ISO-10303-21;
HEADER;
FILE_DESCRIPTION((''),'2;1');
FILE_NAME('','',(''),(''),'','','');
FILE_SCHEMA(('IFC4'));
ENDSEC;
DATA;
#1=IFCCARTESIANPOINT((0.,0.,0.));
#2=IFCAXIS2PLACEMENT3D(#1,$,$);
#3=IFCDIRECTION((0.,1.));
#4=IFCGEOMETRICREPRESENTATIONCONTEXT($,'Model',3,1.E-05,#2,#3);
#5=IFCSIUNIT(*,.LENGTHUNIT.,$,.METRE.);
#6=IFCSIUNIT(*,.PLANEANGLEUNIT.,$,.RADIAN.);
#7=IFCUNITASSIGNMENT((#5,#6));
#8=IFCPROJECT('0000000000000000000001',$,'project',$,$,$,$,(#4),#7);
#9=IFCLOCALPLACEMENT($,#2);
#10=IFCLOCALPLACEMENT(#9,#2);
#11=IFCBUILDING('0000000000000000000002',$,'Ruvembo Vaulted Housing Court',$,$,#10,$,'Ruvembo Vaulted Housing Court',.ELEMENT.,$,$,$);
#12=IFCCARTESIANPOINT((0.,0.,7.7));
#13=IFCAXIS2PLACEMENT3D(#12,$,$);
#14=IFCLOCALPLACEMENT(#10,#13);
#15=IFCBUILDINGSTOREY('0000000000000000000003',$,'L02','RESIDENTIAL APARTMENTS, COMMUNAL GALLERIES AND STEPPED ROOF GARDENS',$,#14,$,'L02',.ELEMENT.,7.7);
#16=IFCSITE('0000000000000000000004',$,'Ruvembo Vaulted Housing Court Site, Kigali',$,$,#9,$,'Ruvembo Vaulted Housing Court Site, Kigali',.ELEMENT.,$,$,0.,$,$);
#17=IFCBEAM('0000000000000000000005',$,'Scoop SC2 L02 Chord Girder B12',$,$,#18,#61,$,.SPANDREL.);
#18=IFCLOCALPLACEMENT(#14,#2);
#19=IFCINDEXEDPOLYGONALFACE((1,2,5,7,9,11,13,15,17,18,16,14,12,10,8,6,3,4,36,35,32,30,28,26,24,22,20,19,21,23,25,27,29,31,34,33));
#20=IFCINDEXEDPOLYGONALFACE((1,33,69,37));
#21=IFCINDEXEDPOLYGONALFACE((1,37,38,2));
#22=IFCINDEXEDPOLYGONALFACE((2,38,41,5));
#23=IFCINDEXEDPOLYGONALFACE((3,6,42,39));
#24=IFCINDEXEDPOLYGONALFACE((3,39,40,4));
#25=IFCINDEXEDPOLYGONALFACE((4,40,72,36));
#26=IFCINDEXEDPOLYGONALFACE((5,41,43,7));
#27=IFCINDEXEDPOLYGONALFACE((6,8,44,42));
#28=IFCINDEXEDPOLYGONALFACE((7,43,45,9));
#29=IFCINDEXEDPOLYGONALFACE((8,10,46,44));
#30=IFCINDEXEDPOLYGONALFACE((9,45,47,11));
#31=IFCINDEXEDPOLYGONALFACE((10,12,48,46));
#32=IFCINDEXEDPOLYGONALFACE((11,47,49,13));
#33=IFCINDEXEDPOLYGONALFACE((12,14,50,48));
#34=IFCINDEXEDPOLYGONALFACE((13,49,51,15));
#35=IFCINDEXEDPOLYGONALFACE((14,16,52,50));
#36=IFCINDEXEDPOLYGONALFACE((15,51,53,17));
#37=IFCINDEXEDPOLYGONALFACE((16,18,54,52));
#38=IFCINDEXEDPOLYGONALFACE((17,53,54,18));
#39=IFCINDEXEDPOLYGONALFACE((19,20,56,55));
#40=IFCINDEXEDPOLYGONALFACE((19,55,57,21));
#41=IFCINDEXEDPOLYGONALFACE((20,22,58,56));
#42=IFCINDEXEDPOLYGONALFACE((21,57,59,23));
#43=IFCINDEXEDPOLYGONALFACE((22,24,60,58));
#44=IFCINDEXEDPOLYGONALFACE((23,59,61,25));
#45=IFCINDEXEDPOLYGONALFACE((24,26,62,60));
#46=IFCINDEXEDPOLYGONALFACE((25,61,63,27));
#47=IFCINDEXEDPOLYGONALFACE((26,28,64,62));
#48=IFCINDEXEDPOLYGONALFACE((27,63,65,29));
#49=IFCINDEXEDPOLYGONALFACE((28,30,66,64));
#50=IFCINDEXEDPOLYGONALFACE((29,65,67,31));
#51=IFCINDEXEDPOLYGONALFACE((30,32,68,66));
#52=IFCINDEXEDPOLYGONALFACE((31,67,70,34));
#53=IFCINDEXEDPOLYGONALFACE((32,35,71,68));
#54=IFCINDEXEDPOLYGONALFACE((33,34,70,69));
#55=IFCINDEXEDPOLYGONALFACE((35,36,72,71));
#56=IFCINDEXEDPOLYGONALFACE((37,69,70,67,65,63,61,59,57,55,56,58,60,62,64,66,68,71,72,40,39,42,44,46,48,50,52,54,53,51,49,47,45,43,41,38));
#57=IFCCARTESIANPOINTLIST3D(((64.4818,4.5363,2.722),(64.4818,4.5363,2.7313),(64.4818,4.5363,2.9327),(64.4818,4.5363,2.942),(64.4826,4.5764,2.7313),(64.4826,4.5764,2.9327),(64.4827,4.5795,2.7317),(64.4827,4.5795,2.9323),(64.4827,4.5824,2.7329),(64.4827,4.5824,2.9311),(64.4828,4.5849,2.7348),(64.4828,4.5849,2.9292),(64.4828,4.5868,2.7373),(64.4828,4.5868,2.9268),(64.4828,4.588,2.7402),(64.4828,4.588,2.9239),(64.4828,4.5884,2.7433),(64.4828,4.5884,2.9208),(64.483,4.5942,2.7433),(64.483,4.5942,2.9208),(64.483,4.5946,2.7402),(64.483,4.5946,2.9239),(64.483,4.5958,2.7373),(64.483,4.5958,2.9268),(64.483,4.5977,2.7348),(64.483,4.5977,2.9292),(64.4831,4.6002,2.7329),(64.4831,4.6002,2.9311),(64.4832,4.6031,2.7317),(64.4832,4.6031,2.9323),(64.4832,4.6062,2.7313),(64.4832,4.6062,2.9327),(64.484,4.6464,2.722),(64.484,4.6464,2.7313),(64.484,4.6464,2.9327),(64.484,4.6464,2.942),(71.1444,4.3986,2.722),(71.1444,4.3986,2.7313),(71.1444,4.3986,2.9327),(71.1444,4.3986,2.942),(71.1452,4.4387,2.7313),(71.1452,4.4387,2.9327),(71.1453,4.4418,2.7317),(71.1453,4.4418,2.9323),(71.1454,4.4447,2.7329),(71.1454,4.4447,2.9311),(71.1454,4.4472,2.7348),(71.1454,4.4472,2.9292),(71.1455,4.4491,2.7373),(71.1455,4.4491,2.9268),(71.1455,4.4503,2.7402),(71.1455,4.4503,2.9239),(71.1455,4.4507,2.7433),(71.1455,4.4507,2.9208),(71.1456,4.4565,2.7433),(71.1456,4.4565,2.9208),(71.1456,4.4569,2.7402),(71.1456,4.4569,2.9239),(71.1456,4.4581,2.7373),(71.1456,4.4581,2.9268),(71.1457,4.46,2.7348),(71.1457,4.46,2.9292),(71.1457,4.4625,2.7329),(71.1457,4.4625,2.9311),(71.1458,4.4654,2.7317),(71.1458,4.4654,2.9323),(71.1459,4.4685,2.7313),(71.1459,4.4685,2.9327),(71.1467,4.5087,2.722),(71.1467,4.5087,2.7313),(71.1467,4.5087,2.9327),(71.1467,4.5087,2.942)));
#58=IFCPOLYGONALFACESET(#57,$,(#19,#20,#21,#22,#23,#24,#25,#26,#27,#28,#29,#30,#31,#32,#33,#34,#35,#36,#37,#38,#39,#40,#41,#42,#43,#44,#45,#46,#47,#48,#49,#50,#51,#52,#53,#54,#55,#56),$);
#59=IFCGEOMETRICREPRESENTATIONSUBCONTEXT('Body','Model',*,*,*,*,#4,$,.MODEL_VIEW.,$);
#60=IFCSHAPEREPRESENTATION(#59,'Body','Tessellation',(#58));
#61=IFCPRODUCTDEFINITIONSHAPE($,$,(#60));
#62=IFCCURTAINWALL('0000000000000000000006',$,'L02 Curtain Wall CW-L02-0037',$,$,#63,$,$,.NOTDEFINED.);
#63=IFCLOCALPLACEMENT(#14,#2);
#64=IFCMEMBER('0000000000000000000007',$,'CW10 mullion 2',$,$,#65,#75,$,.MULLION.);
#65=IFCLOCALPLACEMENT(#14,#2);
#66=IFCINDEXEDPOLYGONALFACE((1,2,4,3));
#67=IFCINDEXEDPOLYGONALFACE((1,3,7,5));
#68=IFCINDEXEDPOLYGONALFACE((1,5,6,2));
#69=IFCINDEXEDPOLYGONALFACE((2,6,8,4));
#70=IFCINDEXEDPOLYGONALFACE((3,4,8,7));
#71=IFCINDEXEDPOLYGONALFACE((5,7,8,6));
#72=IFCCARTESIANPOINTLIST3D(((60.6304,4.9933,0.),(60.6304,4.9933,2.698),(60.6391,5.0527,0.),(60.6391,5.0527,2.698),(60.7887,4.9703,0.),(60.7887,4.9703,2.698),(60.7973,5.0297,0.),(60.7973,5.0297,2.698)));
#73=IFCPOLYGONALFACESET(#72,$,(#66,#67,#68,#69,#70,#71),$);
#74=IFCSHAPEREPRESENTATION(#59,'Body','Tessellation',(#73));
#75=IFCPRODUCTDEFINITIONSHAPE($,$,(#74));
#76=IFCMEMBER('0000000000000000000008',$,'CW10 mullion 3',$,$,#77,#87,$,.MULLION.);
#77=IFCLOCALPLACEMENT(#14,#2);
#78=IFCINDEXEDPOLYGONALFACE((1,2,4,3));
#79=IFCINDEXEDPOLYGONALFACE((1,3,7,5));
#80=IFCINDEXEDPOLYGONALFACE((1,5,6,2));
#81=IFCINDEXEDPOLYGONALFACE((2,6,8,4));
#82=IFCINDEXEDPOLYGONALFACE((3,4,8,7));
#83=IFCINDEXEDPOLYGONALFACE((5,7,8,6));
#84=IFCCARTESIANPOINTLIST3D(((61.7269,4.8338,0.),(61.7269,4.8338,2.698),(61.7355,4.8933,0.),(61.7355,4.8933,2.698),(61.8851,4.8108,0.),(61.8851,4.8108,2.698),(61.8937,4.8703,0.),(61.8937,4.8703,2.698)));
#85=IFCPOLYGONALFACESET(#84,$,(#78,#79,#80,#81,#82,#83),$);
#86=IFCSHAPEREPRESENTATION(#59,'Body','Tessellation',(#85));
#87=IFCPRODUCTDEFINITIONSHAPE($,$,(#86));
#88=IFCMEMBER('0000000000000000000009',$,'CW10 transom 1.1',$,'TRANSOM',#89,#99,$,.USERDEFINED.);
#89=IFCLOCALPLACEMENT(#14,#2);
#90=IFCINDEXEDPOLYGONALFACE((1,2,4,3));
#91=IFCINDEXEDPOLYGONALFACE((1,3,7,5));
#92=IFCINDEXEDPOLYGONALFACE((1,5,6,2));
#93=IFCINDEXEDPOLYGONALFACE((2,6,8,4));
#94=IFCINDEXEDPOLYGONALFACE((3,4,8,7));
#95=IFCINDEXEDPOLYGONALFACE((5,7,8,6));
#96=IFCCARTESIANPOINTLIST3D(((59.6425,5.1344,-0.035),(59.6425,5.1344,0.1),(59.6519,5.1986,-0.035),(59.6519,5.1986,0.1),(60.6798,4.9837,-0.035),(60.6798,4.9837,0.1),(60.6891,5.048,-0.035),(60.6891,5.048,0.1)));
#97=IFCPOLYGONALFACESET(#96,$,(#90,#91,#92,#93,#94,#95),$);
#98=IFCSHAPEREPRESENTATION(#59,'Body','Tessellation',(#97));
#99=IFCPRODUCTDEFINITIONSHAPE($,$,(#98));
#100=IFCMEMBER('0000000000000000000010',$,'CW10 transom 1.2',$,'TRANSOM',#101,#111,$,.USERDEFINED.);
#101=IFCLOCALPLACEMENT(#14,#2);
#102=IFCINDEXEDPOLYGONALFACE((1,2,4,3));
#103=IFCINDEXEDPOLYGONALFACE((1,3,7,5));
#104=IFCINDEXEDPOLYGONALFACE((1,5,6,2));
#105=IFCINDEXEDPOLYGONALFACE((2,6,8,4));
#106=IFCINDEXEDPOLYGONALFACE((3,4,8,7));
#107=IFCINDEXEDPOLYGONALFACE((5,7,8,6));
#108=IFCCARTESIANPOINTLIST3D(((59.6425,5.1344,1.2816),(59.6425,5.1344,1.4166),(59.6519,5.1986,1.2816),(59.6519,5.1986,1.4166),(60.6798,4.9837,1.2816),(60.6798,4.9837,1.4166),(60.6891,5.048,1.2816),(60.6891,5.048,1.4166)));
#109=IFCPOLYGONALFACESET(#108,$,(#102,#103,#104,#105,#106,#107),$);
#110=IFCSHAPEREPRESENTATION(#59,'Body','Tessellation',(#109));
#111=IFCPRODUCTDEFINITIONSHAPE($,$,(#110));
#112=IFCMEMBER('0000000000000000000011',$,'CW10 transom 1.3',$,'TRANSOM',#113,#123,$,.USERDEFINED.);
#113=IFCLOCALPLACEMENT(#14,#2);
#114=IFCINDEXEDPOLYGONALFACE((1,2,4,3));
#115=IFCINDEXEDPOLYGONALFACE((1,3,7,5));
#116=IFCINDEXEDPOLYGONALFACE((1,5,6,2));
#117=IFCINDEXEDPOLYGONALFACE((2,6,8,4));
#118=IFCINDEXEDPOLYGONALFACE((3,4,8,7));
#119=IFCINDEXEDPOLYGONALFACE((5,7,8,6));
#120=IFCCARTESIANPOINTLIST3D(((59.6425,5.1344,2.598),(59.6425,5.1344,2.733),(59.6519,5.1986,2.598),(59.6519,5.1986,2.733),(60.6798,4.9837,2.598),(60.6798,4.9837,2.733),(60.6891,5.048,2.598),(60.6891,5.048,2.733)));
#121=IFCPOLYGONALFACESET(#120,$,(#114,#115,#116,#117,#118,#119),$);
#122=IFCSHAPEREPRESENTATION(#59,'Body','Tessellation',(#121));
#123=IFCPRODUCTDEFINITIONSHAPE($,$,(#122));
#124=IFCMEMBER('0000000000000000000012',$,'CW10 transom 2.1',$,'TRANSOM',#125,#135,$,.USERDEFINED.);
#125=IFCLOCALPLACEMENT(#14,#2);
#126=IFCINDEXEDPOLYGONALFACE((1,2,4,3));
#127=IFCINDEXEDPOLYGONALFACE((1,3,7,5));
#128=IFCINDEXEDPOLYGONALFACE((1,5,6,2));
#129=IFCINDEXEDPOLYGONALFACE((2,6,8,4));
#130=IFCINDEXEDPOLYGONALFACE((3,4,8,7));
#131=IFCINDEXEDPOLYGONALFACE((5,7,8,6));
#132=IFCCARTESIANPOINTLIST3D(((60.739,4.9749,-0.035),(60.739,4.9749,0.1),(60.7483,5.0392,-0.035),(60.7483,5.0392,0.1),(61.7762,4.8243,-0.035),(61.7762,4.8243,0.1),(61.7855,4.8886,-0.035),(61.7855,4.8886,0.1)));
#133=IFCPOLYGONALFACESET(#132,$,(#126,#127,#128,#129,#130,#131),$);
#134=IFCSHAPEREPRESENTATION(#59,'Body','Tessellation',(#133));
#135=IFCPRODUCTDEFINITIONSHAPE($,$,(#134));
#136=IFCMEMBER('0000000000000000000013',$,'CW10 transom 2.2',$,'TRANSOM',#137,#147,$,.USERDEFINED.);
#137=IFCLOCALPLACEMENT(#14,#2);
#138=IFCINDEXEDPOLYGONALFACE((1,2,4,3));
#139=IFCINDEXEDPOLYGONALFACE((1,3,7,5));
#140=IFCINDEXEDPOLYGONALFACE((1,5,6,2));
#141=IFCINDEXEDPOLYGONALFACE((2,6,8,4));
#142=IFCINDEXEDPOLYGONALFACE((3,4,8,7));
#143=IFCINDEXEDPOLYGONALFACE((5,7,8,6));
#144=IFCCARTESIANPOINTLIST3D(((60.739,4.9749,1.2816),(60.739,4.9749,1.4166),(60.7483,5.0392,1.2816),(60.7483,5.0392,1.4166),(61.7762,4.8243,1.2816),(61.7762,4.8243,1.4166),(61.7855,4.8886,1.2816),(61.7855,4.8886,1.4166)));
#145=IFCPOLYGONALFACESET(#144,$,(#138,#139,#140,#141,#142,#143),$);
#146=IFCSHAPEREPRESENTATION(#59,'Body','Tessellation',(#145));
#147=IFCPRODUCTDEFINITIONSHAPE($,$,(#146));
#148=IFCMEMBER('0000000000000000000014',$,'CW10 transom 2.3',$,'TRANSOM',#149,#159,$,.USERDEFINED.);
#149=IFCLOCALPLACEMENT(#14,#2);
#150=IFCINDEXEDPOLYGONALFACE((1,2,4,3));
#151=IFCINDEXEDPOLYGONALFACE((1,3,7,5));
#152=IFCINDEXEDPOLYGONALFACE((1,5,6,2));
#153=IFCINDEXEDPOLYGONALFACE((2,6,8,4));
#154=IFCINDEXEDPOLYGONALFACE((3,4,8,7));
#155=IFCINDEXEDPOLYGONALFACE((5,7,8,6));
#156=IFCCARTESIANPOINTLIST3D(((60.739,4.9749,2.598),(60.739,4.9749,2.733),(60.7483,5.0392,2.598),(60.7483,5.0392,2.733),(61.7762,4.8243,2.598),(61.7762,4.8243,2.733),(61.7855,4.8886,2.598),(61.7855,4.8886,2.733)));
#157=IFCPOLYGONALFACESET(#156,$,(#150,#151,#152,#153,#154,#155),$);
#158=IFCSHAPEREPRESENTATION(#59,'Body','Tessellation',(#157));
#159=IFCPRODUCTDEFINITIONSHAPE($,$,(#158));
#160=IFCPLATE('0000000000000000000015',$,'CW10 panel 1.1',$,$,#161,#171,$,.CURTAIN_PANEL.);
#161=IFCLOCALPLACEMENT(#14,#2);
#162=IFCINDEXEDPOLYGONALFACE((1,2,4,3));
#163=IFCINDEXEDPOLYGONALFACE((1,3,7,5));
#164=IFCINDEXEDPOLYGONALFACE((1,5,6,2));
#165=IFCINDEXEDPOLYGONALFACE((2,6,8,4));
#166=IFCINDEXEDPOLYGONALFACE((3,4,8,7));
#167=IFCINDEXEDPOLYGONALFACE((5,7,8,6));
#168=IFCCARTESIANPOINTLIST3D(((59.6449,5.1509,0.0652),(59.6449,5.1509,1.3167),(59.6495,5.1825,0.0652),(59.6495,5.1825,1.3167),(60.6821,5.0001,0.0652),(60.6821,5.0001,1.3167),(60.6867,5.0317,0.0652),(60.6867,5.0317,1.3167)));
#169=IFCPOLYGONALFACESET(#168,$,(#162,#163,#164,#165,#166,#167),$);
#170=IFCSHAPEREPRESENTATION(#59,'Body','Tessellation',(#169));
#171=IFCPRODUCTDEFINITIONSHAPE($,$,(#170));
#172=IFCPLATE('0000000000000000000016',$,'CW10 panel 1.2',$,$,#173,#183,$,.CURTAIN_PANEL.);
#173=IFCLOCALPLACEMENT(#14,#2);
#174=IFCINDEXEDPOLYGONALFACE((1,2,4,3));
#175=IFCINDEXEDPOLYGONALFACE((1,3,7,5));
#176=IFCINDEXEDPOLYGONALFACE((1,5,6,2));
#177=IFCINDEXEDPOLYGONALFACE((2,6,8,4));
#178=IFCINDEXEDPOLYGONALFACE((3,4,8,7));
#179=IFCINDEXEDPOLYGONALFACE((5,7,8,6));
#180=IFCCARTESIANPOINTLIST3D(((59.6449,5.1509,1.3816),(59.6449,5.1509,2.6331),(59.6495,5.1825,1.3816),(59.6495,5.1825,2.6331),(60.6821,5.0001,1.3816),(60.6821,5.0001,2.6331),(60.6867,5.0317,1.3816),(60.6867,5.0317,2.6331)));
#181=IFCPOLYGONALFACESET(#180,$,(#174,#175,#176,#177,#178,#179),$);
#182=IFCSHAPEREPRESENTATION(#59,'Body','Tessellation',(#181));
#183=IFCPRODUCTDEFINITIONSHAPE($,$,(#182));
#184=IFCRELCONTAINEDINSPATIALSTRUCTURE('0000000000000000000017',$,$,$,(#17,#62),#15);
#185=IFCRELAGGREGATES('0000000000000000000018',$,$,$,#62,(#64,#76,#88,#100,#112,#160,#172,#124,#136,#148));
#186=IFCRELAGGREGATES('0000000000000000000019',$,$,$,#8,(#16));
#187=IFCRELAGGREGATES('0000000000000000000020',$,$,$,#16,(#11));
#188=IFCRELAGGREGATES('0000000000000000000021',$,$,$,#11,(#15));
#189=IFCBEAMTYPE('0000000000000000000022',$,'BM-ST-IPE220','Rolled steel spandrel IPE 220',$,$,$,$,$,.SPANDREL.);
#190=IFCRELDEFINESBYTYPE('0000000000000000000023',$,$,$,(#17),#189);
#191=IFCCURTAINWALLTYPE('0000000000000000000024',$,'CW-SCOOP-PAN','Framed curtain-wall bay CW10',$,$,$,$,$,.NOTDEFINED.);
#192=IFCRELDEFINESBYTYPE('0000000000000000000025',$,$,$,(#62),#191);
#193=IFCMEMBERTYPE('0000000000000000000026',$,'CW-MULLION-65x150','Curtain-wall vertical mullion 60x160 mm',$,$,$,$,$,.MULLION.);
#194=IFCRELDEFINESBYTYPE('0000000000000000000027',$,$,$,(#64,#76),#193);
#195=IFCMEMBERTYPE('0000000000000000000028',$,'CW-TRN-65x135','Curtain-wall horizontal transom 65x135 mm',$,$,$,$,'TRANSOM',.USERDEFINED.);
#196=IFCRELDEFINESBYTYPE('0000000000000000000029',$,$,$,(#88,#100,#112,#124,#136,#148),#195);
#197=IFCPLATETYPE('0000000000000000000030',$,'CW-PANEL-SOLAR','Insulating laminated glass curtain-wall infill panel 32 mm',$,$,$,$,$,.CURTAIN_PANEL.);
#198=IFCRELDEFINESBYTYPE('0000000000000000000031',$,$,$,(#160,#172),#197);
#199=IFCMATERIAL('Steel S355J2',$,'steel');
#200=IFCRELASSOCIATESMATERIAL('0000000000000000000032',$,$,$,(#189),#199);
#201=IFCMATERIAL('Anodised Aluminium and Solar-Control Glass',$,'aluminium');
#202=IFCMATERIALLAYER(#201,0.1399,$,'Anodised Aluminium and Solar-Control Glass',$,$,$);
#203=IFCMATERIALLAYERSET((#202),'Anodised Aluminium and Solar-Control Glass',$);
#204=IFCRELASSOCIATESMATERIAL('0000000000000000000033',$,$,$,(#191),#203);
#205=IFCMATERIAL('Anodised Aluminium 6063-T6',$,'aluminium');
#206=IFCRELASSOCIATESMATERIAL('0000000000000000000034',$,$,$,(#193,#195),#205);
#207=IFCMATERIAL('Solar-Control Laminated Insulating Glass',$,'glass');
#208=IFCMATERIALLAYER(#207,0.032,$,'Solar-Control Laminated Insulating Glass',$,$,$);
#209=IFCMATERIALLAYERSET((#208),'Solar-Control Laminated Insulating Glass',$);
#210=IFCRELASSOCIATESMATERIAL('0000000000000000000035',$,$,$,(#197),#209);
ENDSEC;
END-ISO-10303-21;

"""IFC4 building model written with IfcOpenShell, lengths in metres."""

from ifc_helpers import new_model, si_unit, direction, frame, origin, origin_2d, place, context, subcontext, project, spatial, rectangle, i_section, extrude, material, layer, layer_set, material_profile, profile_set, type_object, element, aggregate, save


model = new_model("IFC4")

# Units and contexts
model_context = context("Model", 3, precision=1e-05, world=origin(), true_north=direction((0.0, 1.0)))
body_context = subcontext(model_context, "Body", "Model", "MODEL_VIEW")
ifc_project = project(units=[si_unit("LENGTHUNIT", "METRE"), si_unit("PLANEANGLEUNIT", "RADIAN")], contexts=[model_context])

# Site, building, storey
site_placement = place(None, origin())
site = spatial("IfcSite", under=ifc_project, at=site_placement, Name="Ruvembo Vaulted Housing Court Site, Kigali", LongName="Ruvembo Vaulted Housing Court Site, Kigali", CompositionType="ELEMENT", RefElevation=0.0)
building_placement = place(site_placement, origin())
building = spatial("IfcBuilding", under=site, at=building_placement, Name="Ruvembo Vaulted Housing Court", LongName="Ruvembo Vaulted Housing Court", CompositionType="ELEMENT")
storey_placement = place(building_placement, frame((0.0, 0.0, 7.7)))
storey = spatial("IfcBuildingStorey", under=building, at=storey_placement, Name="L02", Description="RESIDENTIAL APARTMENTS, COMMUNAL GALLERIES AND STEPPED ROOF GARDENS", LongName="L02", CompositionType="ELEMENT", Elevation=7.7)

# Beam
ifc_material_1 = material(Name="Steel S355J2", Category="steel")
ifc_material_profile_1 = material_profile(ifc_material_1, i_section(OverallWidth=0.1101, OverallDepth=0.22, WebThickness=0.0059, FlangeThickness=0.0093, FilletRadius=0.012, at=origin_2d()), Name="IPE 220")
ifc_profile_set_1 = profile_set([ifc_material_profile_1], Name="Steel S355J2")
beam_type_1 = type_object("IfcBeamType", Name="BM-ST-IPE220", Description="Rolled steel spandrel IPE 220", PredefinedType="SPANDREL", material=ifc_profile_set_1)
beam_1_placement = place(storey_placement, frame((64.4829, 4.5913, 2.832), z_axis=(0.999787, -0.020662, 0.0), x_axis=(0.020662, 0.999787, 0.0)))
element("IfcBeam", 1, at=beam_1_placement, inside=storey, type_object=beam_type_1, Name="Scoop SC2 L02 Chord Girder B12", PredefinedType="SPANDREL", context=body_context, shape_type="SweptSolid", body=[
    extrude(i_section(OverallWidth=0.1101, OverallDepth=0.22, WebThickness=0.0059, FlangeThickness=0.0093, FilletRadius=0.012, at=origin_2d()), origin(), (0.0, 0.0, 1.0), 6.6641),
])

# Curtain wall, members, plates
ifc_material_2 = material(Name="Anodised Aluminium and Solar-Control Glass", Category="aluminium")
ifc_layer_1 = layer(ifc_material_2, 0.1399, Name="Anodised Aluminium and Solar-Control Glass")
ifc_layer_set_1 = layer_set([ifc_layer_1], Name="Anodised Aluminium and Solar-Control Glass")
curtain_wall_type = type_object("IfcCurtainWallType", Name="CW-SCOOP-PAN", Description="Framed curtain-wall bay CW10", PredefinedType="NOTDEFINED", material=ifc_layer_set_1)
curtain_wall_placement = place(storey_placement, origin())
curtain_wall = element("IfcCurtainWall", 2, at=curtain_wall_placement, inside=storey, type_object=curtain_wall_type, Name="L02 Curtain Wall CW-L02-0037", PredefinedType="NOTDEFINED")
ifc_material_3 = material(Name="Anodised Aluminium 6063-T6", Category="aluminium")
ifc_material_profile_2 = material_profile(ifc_material_3, rectangle(XDim=0.0601, YDim=0.1599, at=origin_2d()), Name="ALU 60x160")
ifc_profile_set_2 = profile_set([ifc_material_profile_2], Name="Anodised Aluminium 6063-T6")
member_type_1 = type_object("IfcMemberType", Name="CW-MULLION-65x150", Description="Curtain-wall vertical mullion 60x160 mm", PredefinedType="MULLION", material=ifc_profile_set_2)
member_1_placement = place(storey_placement, frame((60.7139, 5.0115, 0.0), z_axis=(0.0, 0.0, 1.0), x_axis=(0.143851, 0.989599, 0.0)))
member_1 = element("IfcMember", 3, at=member_1_placement, type_object=member_type_1, Name="CW10 mullion 2", PredefinedType="MULLION", context=body_context, shape_type="SweptSolid", body=[
    extrude(rectangle(XDim=0.0601, YDim=0.1599, at=origin_2d()), origin(), (0.0, 0.0, 1.0), 2.698),
])
member_2_placement = place(storey_placement, frame((61.8103, 4.8521, 0.0), z_axis=(0.0, 0.0, 1.0), x_axis=(0.143851, 0.989599, 0.0)))
member_2 = element("IfcMember", 4, at=member_2_placement, type_object=member_type_1, Name="CW10 mullion 3", PredefinedType="MULLION", context=body_context, shape_type="SweptSolid", body=[
    extrude(rectangle(XDim=0.0601, YDim=0.1599, at=origin_2d()), origin(), (0.0, 0.0, 1.0), 2.698),
])
ifc_material_profile_3 = material_profile(ifc_material_3, rectangle(XDim=0.0649, YDim=0.135, at=origin_2d()), Name="ALU 65x135")
ifc_profile_set_3 = profile_set([ifc_material_profile_3], Name="Anodised Aluminium 6063-T6")
member_type_2 = type_object("IfcMemberType", Name="CW-TRN-65x135", Description="Curtain-wall horizontal transom 65x135 mm", ElementType="TRANSOM", PredefinedType="USERDEFINED", material=ifc_profile_set_3)
member_3_placement = place(storey_placement, frame((59.6472, 5.1665, 0.0325), z_axis=(0.989616, -0.143737, 0.0), x_axis=(0.143737, 0.989616, 0.0)))
member_3 = element("IfcMember", 5, at=member_3_placement, type_object=member_type_2, Name="CW10 transom 1.1", ObjectType="TRANSOM", PredefinedType="USERDEFINED", context=body_context, shape_type="SweptSolid", body=[
    extrude(rectangle(XDim=0.0649, YDim=0.135, at=origin_2d()), origin(), (0.0, 0.0, 1.0), 1.0481),
])
member_4_placement = place(storey_placement, frame((59.6472, 5.1665, 1.3491), z_axis=(0.989616, -0.143737, 0.0), x_axis=(0.143737, 0.989616, 0.0)))
member_4 = element("IfcMember", 6, at=member_4_placement, type_object=member_type_2, Name="CW10 transom 1.2", ObjectType="TRANSOM", PredefinedType="USERDEFINED", context=body_context, shape_type="SweptSolid", body=[
    extrude(rectangle(XDim=0.0649, YDim=0.135, at=origin_2d()), origin(), (0.0, 0.0, 1.0), 1.0481),
])
member_5_placement = place(storey_placement, frame((59.6472, 5.1665, 2.6655), z_axis=(0.989616, -0.143737, 0.0), x_axis=(0.143737, 0.989616, 0.0)))
member_5 = element("IfcMember", 7, at=member_5_placement, type_object=member_type_2, Name="CW10 transom 1.3", ObjectType="TRANSOM", PredefinedType="USERDEFINED", context=body_context, shape_type="SweptSolid", body=[
    extrude(rectangle(XDim=0.0649, YDim=0.135, at=origin_2d()), origin(), (0.0, 0.0, 1.0), 1.0481),
])
member_6_placement = place(storey_placement, frame((60.7437, 5.0071, 0.0325), z_axis=(0.989616, -0.143737, 0.0), x_axis=(0.143737, 0.989616, 0.0)))
member_6 = element("IfcMember", 8, at=member_6_placement, type_object=member_type_2, Name="CW10 transom 2.1", ObjectType="TRANSOM", PredefinedType="USERDEFINED", context=body_context, shape_type="SweptSolid", body=[
    extrude(rectangle(XDim=0.0649, YDim=0.135, at=origin_2d()), origin(), (0.0, 0.0, 1.0), 1.0481),
])
member_7_placement = place(storey_placement, frame((60.7437, 5.0071, 1.3491), z_axis=(0.989616, -0.143737, 0.0), x_axis=(0.143737, 0.989616, 0.0)))
member_7 = element("IfcMember", 9, at=member_7_placement, type_object=member_type_2, Name="CW10 transom 2.2", ObjectType="TRANSOM", PredefinedType="USERDEFINED", context=body_context, shape_type="SweptSolid", body=[
    extrude(rectangle(XDim=0.0649, YDim=0.135, at=origin_2d()), origin(), (0.0, 0.0, 1.0), 1.0481),
])
member_8_placement = place(storey_placement, frame((60.7437, 5.0071, 2.6655), z_axis=(0.989616, -0.143737, 0.0), x_axis=(0.143737, 0.989616, 0.0)))
member_8 = element("IfcMember", 10, at=member_8_placement, type_object=member_type_2, Name="CW10 transom 2.3", ObjectType="TRANSOM", PredefinedType="USERDEFINED", context=body_context, shape_type="SweptSolid", body=[
    extrude(rectangle(XDim=0.0649, YDim=0.135, at=origin_2d()), origin(), (0.0, 0.0, 1.0), 1.0481),
])
ifc_material_4 = material(Name="Solar-Control Laminated Insulating Glass", Category="glass")
ifc_layer_2 = layer(ifc_material_4, 0.032, Name="Solar-Control Laminated Insulating Glass")
ifc_layer_set_2 = layer_set([ifc_layer_2], Name="Solar-Control Laminated Insulating Glass")
plate_type_1 = type_object("IfcPlateType", Name="CW-PANEL-SOLAR", Description="Insulating laminated glass curtain-wall infill panel 32 mm", PredefinedType="CURTAIN_PANEL", material=ifc_layer_set_2)
plate_1_placement = place(storey_placement, frame((60.1658, 5.0913, 0.0652), z_axis=(0.0, 0.0, 1.0), x_axis=(0.989599, -0.143851, 0.0)))
plate_1 = element("IfcPlate", 11, at=plate_1_placement, type_object=plate_type_1, Name="CW10 panel 1.1", PredefinedType="CURTAIN_PANEL", context=body_context, shape_type="SweptSolid", body=[
    extrude(rectangle(XDim=1.0481, YDim=0.032, at=origin_2d()), origin(), (0.0, 0.0, 1.0), 1.2515),
])
plate_2_placement = place(storey_placement, frame((60.1658, 5.0913, 1.3816), z_axis=(0.0, 0.0, 1.0), x_axis=(0.989599, -0.143851, 0.0)))
plate_2 = element("IfcPlate", 12, at=plate_2_placement, type_object=plate_type_1, Name="CW10 panel 1.2", PredefinedType="CURTAIN_PANEL", context=body_context, shape_type="SweptSolid", body=[
    extrude(rectangle(XDim=1.0481, YDim=0.032, at=origin_2d()), origin(), (0.0, 0.0, 1.0), 1.2515),
])
aggregate(curtain_wall, [member_1, member_2, member_3, member_4, member_5, plate_1, plate_2, member_6, member_7, member_8])

save(model, "model.ifc")
